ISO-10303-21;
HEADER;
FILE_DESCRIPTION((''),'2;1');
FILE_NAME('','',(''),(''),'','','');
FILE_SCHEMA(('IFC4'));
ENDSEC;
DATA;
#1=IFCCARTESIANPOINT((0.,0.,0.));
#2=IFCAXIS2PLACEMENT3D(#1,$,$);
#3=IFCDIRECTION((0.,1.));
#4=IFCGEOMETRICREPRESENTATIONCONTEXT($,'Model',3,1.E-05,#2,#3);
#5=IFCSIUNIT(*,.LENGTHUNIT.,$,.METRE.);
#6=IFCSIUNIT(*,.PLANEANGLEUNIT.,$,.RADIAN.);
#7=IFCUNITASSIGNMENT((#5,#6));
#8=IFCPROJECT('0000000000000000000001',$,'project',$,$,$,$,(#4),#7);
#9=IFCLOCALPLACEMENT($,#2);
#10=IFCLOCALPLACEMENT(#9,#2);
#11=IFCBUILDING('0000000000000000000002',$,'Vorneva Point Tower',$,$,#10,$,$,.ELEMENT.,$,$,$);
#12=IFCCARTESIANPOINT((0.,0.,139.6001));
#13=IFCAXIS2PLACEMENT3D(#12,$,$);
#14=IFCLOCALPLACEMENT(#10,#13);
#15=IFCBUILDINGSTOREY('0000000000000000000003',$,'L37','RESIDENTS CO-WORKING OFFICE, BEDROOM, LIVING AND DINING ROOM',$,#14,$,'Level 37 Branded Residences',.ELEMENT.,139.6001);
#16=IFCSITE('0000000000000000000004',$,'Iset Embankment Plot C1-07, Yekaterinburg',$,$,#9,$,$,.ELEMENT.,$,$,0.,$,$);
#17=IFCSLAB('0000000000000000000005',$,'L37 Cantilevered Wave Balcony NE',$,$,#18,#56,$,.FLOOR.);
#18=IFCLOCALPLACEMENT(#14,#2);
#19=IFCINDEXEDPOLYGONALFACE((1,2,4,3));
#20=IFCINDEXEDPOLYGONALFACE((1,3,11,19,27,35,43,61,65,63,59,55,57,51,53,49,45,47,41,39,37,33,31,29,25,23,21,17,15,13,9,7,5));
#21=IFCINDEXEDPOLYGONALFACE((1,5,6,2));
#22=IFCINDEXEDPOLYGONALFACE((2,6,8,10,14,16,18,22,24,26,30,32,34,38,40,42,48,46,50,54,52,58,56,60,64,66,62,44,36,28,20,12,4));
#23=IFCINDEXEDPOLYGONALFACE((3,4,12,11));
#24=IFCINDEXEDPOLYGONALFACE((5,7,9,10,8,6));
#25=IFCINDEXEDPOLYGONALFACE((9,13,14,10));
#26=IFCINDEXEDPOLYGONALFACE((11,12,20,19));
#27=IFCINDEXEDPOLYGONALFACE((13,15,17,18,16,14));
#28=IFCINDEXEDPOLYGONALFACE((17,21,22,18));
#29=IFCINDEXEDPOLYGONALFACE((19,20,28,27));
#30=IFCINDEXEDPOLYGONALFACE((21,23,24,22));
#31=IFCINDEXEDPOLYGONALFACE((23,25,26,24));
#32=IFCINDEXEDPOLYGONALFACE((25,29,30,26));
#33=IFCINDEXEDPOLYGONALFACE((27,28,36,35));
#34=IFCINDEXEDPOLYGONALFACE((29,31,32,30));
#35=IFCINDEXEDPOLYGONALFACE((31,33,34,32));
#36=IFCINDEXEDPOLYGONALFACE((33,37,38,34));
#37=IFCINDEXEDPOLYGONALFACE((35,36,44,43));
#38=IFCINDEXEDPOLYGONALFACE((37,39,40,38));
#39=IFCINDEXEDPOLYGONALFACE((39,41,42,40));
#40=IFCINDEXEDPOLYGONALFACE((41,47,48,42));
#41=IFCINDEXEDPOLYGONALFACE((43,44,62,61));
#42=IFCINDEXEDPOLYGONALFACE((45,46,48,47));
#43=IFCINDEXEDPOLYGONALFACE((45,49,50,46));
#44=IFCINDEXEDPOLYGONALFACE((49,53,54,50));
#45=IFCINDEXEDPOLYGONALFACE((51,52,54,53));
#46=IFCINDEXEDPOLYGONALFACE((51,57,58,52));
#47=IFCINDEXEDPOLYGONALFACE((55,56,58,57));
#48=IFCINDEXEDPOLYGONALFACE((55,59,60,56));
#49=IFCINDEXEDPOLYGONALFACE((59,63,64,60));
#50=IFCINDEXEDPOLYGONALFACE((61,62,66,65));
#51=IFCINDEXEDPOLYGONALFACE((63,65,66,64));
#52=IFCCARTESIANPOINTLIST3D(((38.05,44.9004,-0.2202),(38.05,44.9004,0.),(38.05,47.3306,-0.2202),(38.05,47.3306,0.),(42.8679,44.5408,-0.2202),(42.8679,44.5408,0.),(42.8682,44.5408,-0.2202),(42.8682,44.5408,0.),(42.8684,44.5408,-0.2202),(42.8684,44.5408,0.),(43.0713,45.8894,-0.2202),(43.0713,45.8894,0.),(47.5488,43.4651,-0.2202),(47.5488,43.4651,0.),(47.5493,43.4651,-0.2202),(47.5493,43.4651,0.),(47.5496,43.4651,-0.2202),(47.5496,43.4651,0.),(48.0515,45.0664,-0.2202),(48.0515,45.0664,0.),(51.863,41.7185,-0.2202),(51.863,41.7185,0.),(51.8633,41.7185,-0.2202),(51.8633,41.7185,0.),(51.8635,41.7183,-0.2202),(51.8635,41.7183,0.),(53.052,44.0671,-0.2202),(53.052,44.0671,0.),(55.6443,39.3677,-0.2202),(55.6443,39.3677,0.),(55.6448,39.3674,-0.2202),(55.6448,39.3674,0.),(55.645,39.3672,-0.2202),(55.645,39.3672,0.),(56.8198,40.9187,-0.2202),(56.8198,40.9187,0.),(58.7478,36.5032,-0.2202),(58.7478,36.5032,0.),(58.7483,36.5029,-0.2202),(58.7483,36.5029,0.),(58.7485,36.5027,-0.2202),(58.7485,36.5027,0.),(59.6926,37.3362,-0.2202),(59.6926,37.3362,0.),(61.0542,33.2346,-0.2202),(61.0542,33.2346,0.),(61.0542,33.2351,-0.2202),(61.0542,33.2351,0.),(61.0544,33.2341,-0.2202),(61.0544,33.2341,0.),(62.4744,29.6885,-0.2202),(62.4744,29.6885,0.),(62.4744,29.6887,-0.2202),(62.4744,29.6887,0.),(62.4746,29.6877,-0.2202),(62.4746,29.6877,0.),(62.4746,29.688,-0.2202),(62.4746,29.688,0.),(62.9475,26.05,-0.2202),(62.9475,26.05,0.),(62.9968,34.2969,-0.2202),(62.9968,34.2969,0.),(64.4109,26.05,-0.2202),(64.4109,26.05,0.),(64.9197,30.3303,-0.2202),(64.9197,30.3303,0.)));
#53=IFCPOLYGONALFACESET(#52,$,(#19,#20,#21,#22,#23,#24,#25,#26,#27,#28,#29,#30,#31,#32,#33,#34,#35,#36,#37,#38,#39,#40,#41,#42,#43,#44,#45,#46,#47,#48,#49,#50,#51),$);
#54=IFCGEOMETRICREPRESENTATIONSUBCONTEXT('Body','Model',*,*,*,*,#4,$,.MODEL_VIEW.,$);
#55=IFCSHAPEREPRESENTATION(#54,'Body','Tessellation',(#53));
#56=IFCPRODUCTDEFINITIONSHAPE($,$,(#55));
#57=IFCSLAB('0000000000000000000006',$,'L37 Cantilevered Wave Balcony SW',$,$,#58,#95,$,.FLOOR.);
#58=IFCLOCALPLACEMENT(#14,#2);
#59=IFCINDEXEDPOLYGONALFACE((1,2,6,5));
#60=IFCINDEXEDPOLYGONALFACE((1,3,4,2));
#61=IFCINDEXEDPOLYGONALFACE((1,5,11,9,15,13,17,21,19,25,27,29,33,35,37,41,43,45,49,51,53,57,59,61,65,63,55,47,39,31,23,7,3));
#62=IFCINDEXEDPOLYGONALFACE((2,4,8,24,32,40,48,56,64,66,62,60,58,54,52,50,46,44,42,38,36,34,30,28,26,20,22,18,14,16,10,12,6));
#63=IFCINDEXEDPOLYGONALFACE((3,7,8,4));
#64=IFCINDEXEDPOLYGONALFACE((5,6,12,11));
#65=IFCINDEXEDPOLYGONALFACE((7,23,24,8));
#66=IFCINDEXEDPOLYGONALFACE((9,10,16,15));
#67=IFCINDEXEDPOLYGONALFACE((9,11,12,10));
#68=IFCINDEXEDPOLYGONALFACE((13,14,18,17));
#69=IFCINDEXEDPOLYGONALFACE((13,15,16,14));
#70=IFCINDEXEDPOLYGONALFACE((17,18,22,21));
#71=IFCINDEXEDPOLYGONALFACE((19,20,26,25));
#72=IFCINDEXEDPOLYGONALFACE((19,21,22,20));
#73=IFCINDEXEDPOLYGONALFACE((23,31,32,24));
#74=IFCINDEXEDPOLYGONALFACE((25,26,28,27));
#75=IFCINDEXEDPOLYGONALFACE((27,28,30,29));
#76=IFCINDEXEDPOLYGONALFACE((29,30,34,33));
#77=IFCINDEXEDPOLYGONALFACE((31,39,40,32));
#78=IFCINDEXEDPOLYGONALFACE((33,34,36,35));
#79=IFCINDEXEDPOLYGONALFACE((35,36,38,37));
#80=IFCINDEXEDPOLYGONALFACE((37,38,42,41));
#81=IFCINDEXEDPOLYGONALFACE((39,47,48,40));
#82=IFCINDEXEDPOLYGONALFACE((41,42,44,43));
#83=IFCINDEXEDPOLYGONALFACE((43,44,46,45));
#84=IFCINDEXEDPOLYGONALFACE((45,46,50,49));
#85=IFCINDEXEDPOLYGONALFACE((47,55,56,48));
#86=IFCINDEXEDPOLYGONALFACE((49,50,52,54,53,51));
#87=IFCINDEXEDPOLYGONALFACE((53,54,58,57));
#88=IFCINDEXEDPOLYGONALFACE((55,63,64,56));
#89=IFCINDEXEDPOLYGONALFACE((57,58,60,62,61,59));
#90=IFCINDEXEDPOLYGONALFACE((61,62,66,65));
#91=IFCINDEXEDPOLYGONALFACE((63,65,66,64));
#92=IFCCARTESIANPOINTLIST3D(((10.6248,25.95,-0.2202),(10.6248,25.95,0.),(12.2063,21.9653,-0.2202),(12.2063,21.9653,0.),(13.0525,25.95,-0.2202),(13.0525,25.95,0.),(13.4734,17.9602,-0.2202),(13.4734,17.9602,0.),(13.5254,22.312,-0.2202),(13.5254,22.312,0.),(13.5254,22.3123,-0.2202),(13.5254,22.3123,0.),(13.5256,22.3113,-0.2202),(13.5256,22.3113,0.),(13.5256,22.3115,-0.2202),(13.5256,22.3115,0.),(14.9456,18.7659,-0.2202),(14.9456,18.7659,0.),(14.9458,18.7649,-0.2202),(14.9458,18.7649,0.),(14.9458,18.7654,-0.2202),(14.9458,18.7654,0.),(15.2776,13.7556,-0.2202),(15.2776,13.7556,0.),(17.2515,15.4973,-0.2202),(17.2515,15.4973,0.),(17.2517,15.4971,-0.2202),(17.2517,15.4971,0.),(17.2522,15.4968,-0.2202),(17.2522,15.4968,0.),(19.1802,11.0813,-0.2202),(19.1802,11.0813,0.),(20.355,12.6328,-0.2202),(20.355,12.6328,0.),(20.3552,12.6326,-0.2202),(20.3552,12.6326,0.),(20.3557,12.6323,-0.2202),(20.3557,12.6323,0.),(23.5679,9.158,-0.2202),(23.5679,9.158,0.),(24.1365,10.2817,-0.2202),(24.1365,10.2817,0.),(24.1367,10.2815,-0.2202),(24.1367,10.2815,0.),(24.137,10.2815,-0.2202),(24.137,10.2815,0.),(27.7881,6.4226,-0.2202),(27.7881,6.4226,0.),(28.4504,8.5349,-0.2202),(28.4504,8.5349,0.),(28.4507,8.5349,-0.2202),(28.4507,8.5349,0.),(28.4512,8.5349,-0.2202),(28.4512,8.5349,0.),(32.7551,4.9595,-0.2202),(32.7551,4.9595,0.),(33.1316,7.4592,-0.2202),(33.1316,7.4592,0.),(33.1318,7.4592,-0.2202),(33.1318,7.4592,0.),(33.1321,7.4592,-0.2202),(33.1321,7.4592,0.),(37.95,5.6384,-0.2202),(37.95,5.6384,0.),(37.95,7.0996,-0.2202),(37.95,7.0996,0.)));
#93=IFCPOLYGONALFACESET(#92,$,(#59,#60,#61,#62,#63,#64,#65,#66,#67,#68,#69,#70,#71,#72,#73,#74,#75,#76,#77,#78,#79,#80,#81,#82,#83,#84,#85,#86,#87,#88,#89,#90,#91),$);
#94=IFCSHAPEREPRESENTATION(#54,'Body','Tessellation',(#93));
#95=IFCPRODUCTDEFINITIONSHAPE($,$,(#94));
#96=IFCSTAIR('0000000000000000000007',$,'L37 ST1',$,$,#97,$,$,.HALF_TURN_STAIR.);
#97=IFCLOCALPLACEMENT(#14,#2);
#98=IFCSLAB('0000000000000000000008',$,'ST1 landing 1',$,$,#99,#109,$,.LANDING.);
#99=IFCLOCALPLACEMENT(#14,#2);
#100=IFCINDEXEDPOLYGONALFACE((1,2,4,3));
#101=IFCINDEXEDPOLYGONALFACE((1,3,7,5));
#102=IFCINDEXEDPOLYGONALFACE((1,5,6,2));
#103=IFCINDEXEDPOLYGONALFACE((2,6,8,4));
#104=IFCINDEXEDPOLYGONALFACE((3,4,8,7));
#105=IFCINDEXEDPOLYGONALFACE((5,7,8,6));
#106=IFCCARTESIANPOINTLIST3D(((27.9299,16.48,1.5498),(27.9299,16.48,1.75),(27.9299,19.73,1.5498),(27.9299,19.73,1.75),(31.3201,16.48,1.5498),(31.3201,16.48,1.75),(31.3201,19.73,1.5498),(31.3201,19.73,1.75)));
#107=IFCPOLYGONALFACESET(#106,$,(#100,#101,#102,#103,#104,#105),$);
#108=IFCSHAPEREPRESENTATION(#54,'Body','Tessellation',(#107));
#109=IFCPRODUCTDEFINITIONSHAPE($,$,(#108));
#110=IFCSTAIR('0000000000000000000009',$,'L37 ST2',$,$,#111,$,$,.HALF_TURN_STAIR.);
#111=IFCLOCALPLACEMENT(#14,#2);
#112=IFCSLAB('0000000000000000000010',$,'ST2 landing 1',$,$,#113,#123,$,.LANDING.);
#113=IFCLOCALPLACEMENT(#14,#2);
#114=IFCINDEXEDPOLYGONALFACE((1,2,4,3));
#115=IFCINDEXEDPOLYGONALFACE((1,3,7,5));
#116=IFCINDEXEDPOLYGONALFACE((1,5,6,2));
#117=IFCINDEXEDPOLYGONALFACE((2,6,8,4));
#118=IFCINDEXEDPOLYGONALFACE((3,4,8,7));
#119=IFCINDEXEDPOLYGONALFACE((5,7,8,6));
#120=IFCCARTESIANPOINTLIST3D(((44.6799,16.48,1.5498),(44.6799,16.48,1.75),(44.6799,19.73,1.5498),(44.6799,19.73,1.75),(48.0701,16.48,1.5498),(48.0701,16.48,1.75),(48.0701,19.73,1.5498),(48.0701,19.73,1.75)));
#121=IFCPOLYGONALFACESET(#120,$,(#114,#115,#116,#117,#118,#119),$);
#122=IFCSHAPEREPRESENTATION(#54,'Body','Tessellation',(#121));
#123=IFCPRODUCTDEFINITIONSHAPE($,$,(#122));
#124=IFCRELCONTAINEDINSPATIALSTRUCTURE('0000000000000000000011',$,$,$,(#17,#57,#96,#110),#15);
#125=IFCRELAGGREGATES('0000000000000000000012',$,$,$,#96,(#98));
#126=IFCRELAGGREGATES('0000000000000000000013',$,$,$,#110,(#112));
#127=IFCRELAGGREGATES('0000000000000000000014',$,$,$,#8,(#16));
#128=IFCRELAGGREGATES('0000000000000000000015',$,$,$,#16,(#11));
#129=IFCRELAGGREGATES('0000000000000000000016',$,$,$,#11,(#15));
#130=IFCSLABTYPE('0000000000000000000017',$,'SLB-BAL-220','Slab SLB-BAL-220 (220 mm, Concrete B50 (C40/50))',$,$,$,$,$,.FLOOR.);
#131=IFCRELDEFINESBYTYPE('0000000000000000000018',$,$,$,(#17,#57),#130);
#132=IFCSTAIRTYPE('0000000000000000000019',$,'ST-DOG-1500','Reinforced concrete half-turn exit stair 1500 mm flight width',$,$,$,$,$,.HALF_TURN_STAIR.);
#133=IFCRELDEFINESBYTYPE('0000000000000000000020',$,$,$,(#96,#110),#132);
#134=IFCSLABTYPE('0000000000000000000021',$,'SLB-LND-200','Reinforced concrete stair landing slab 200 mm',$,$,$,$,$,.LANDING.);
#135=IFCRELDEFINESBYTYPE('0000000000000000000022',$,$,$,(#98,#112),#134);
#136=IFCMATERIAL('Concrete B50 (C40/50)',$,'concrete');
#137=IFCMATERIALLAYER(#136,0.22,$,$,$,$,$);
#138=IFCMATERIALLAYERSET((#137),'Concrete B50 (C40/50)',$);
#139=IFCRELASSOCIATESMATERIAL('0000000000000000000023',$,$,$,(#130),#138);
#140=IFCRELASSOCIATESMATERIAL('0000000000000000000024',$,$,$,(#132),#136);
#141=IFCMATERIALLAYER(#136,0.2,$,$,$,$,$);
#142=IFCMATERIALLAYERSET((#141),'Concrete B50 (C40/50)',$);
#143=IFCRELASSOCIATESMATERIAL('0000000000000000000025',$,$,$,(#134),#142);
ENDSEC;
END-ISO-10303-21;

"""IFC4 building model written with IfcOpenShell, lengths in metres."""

from ifc_helpers import new_model, si_unit, direction, frame, origin, place, context, subcontext, project, spatial, polyline, outline, extrude, material, layer, layer_set, type_object, element, aggregate, save


model = new_model("IFC4")

# Units and contexts
model_context = context("Model", 3, precision=1e-05, world=origin(), true_north=direction((0.0, 1.0)))
body_context = subcontext(model_context, "Body", "Model", "MODEL_VIEW")
ifc_project = project(units=[si_unit("LENGTHUNIT", "METRE"), si_unit("PLANEANGLEUNIT", "RADIAN")], contexts=[model_context])

# Site, building, storey
site_placement = place(None, origin())
site = spatial("IfcSite", under=ifc_project, at=site_placement, Name="Iset Embankment Plot C1-07, Yekaterinburg", CompositionType="ELEMENT", RefElevation=0.0)
building_placement = place(site_placement, origin())
building = spatial("IfcBuilding", under=site, at=building_placement, Name="Vorneva Point Tower", CompositionType="ELEMENT")
storey_placement = place(building_placement, frame((0.0, 0.0, 139.6001)))
storey = spatial("IfcBuildingStorey", under=building, at=storey_placement, Name="L37", Description="RESIDENTS CO-WORKING OFFICE, BEDROOM, LIVING AND DINING ROOM", LongName="Level 37 Branded Residences", CompositionType="ELEMENT", Elevation=139.6001)

# Slabs
ifc_material_1 = material(Name="Concrete B50 (C40/50)", Category="concrete")
ifc_layer_1 = layer(ifc_material_1, 0.22)
ifc_layer_set_1 = layer_set([ifc_layer_1], Name="Concrete B50 (C40/50)")
slab_type_1 = type_object("IfcSlabType", Name="SLB-BAL-220", Description="Slab SLB-BAL-220 (220 mm, Concrete B50 (C40/50))", PredefinedType="FLOOR", material=ifc_layer_set_1)
slab_1_placement = place(storey_placement, frame((0.0, 0.0, -0.2202)))
element("IfcSlab", 1, at=slab_1_placement, inside=storey, type_object=slab_type_1, Name="L37 Cantilevered Wave Balcony NE", PredefinedType="FLOOR", context=body_context, shape_type="SweptSolid", body=[
    extrude(outline(polyline([(38.05, 47.3306), (38.05, 44.9004), (42.8679, 44.5408), (42.8682, 44.5408), (42.8684, 44.5408), (47.5488, 43.4651), (47.5493, 43.4651), (47.5496, 43.4651), (51.863, 41.7185), (51.8633, 41.7185), (51.8635, 41.7183), (55.6443, 39.3677), (55.6448, 39.3674), (55.645, 39.3672), (58.7478, 36.5032), (58.7483, 36.5029), (58.7485, 36.5027), (61.0542, 33.2351), (61.0542, 33.2346), (61.0544, 33.2341), (62.4744, 29.6887), (62.4744, 29.6885), (62.4746, 29.688), (62.4746, 29.6877), (62.9475, 26.05), (64.4109, 26.05), (64.9197, 30.3303), (62.9968, 34.2969), (59.6926, 37.3362), (56.8198, 40.9187), (53.052, 44.0671), (48.0515, 45.0664), (43.0713, 45.8894), (38.05, 47.3306)])), origin(), (0.0, 0.0, 1.0), 0.2202),
])
slab_2_placement = place(storey_placement, frame((0.0, 0.0, -0.2202)))
element("IfcSlab", 2, at=slab_2_placement, inside=storey, type_object=slab_type_1, Name="L37 Cantilevered Wave Balcony SW", PredefinedType="FLOOR", context=body_context, shape_type="SweptSolid", body=[
    extrude(outline(polyline([(37.95, 5.6384), (37.95, 7.0996), (33.1321, 7.4592), (33.1318, 7.4592), (33.1316, 7.4592), (28.4512, 8.5349), (28.4507, 8.5349), (28.4504, 8.5349), (24.137, 10.2815), (24.1367, 10.2815), (24.1365, 10.2817), (20.3557, 12.6323), (20.3552, 12.6326), (20.355, 12.6328), (17.2522, 15.4968), (17.2517, 15.4971), (17.2515, 15.4973), (14.9458, 18.7649), (14.9458, 18.7654), (14.9456, 18.7659), (13.5256, 22.3113), (13.5256, 22.3115), (13.5254, 22.312), (13.5254, 22.3123), (13.0525, 25.95), (10.6248, 25.95), (12.2063, 21.9653), (13.4734, 17.9602), (15.2776, 13.7556), (19.1802, 11.0813), (23.5679, 9.158), (27.7881, 6.4226), (32.7551, 4.9595), (37.95, 5.6384)])), origin(), (0.0, 0.0, 1.0), 0.2202),
])

# Stairs, slabs
stair_type = type_object("IfcStairType", Name="ST-DOG-1500", Description="Reinforced concrete half-turn exit stair 1500 mm flight width", PredefinedType="HALF_TURN_STAIR", material=ifc_material_1)
stair_1_placement = place(storey_placement, origin())
stair_1 = element("IfcStair", 3, at=stair_1_placement, inside=storey, type_object=stair_type, Name="L37 ST1", PredefinedType="HALF_TURN_STAIR")
ifc_layer_2 = layer(ifc_material_1, 0.2)
ifc_layer_set_2 = layer_set([ifc_layer_2], Name="Concrete B50 (C40/50)")
slab_type_2 = type_object("IfcSlabType", Name="SLB-LND-200", Description="Reinforced concrete stair landing slab 200 mm", PredefinedType="LANDING", material=ifc_layer_set_2)
slab_3_placement = place(storey_placement, frame((0.0, 0.0, 1.5498)))
slab_3 = element("IfcSlab", 4, at=slab_3_placement, type_object=slab_type_2, Name="ST1 landing 1", PredefinedType="LANDING", context=body_context, shape_type="SweptSolid", body=[
    extrude(outline(polyline([(27.9299, 16.48), (31.3201, 16.48), (31.3201, 19.73), (27.9299, 19.73), (27.9299, 16.48)])), origin(), (0.0, 0.0, 1.0), 0.2002),
])
aggregate(stair_1, [slab_3])
stair_2_placement = place(storey_placement, origin())
stair_2 = element("IfcStair", 5, at=stair_2_placement, inside=storey, type_object=stair_type, Name="L37 ST2", PredefinedType="HALF_TURN_STAIR")
slab_4_placement = place(storey_placement, frame((0.0, 0.0, 1.5498)))
slab_4 = element("IfcSlab", 6, at=slab_4_placement, type_object=slab_type_2, Name="ST2 landing 1", PredefinedType="LANDING", context=body_context, shape_type="SweptSolid", body=[
    extrude(outline(polyline([(44.6799, 16.48), (48.0701, 16.48), (48.0701, 19.73), (44.6799, 19.73), (44.6799, 16.48)])), origin(), (0.0, 0.0, 1.0), 0.2002),
])
aggregate(stair_2, [slab_4])

save(model, "model.ifc")
